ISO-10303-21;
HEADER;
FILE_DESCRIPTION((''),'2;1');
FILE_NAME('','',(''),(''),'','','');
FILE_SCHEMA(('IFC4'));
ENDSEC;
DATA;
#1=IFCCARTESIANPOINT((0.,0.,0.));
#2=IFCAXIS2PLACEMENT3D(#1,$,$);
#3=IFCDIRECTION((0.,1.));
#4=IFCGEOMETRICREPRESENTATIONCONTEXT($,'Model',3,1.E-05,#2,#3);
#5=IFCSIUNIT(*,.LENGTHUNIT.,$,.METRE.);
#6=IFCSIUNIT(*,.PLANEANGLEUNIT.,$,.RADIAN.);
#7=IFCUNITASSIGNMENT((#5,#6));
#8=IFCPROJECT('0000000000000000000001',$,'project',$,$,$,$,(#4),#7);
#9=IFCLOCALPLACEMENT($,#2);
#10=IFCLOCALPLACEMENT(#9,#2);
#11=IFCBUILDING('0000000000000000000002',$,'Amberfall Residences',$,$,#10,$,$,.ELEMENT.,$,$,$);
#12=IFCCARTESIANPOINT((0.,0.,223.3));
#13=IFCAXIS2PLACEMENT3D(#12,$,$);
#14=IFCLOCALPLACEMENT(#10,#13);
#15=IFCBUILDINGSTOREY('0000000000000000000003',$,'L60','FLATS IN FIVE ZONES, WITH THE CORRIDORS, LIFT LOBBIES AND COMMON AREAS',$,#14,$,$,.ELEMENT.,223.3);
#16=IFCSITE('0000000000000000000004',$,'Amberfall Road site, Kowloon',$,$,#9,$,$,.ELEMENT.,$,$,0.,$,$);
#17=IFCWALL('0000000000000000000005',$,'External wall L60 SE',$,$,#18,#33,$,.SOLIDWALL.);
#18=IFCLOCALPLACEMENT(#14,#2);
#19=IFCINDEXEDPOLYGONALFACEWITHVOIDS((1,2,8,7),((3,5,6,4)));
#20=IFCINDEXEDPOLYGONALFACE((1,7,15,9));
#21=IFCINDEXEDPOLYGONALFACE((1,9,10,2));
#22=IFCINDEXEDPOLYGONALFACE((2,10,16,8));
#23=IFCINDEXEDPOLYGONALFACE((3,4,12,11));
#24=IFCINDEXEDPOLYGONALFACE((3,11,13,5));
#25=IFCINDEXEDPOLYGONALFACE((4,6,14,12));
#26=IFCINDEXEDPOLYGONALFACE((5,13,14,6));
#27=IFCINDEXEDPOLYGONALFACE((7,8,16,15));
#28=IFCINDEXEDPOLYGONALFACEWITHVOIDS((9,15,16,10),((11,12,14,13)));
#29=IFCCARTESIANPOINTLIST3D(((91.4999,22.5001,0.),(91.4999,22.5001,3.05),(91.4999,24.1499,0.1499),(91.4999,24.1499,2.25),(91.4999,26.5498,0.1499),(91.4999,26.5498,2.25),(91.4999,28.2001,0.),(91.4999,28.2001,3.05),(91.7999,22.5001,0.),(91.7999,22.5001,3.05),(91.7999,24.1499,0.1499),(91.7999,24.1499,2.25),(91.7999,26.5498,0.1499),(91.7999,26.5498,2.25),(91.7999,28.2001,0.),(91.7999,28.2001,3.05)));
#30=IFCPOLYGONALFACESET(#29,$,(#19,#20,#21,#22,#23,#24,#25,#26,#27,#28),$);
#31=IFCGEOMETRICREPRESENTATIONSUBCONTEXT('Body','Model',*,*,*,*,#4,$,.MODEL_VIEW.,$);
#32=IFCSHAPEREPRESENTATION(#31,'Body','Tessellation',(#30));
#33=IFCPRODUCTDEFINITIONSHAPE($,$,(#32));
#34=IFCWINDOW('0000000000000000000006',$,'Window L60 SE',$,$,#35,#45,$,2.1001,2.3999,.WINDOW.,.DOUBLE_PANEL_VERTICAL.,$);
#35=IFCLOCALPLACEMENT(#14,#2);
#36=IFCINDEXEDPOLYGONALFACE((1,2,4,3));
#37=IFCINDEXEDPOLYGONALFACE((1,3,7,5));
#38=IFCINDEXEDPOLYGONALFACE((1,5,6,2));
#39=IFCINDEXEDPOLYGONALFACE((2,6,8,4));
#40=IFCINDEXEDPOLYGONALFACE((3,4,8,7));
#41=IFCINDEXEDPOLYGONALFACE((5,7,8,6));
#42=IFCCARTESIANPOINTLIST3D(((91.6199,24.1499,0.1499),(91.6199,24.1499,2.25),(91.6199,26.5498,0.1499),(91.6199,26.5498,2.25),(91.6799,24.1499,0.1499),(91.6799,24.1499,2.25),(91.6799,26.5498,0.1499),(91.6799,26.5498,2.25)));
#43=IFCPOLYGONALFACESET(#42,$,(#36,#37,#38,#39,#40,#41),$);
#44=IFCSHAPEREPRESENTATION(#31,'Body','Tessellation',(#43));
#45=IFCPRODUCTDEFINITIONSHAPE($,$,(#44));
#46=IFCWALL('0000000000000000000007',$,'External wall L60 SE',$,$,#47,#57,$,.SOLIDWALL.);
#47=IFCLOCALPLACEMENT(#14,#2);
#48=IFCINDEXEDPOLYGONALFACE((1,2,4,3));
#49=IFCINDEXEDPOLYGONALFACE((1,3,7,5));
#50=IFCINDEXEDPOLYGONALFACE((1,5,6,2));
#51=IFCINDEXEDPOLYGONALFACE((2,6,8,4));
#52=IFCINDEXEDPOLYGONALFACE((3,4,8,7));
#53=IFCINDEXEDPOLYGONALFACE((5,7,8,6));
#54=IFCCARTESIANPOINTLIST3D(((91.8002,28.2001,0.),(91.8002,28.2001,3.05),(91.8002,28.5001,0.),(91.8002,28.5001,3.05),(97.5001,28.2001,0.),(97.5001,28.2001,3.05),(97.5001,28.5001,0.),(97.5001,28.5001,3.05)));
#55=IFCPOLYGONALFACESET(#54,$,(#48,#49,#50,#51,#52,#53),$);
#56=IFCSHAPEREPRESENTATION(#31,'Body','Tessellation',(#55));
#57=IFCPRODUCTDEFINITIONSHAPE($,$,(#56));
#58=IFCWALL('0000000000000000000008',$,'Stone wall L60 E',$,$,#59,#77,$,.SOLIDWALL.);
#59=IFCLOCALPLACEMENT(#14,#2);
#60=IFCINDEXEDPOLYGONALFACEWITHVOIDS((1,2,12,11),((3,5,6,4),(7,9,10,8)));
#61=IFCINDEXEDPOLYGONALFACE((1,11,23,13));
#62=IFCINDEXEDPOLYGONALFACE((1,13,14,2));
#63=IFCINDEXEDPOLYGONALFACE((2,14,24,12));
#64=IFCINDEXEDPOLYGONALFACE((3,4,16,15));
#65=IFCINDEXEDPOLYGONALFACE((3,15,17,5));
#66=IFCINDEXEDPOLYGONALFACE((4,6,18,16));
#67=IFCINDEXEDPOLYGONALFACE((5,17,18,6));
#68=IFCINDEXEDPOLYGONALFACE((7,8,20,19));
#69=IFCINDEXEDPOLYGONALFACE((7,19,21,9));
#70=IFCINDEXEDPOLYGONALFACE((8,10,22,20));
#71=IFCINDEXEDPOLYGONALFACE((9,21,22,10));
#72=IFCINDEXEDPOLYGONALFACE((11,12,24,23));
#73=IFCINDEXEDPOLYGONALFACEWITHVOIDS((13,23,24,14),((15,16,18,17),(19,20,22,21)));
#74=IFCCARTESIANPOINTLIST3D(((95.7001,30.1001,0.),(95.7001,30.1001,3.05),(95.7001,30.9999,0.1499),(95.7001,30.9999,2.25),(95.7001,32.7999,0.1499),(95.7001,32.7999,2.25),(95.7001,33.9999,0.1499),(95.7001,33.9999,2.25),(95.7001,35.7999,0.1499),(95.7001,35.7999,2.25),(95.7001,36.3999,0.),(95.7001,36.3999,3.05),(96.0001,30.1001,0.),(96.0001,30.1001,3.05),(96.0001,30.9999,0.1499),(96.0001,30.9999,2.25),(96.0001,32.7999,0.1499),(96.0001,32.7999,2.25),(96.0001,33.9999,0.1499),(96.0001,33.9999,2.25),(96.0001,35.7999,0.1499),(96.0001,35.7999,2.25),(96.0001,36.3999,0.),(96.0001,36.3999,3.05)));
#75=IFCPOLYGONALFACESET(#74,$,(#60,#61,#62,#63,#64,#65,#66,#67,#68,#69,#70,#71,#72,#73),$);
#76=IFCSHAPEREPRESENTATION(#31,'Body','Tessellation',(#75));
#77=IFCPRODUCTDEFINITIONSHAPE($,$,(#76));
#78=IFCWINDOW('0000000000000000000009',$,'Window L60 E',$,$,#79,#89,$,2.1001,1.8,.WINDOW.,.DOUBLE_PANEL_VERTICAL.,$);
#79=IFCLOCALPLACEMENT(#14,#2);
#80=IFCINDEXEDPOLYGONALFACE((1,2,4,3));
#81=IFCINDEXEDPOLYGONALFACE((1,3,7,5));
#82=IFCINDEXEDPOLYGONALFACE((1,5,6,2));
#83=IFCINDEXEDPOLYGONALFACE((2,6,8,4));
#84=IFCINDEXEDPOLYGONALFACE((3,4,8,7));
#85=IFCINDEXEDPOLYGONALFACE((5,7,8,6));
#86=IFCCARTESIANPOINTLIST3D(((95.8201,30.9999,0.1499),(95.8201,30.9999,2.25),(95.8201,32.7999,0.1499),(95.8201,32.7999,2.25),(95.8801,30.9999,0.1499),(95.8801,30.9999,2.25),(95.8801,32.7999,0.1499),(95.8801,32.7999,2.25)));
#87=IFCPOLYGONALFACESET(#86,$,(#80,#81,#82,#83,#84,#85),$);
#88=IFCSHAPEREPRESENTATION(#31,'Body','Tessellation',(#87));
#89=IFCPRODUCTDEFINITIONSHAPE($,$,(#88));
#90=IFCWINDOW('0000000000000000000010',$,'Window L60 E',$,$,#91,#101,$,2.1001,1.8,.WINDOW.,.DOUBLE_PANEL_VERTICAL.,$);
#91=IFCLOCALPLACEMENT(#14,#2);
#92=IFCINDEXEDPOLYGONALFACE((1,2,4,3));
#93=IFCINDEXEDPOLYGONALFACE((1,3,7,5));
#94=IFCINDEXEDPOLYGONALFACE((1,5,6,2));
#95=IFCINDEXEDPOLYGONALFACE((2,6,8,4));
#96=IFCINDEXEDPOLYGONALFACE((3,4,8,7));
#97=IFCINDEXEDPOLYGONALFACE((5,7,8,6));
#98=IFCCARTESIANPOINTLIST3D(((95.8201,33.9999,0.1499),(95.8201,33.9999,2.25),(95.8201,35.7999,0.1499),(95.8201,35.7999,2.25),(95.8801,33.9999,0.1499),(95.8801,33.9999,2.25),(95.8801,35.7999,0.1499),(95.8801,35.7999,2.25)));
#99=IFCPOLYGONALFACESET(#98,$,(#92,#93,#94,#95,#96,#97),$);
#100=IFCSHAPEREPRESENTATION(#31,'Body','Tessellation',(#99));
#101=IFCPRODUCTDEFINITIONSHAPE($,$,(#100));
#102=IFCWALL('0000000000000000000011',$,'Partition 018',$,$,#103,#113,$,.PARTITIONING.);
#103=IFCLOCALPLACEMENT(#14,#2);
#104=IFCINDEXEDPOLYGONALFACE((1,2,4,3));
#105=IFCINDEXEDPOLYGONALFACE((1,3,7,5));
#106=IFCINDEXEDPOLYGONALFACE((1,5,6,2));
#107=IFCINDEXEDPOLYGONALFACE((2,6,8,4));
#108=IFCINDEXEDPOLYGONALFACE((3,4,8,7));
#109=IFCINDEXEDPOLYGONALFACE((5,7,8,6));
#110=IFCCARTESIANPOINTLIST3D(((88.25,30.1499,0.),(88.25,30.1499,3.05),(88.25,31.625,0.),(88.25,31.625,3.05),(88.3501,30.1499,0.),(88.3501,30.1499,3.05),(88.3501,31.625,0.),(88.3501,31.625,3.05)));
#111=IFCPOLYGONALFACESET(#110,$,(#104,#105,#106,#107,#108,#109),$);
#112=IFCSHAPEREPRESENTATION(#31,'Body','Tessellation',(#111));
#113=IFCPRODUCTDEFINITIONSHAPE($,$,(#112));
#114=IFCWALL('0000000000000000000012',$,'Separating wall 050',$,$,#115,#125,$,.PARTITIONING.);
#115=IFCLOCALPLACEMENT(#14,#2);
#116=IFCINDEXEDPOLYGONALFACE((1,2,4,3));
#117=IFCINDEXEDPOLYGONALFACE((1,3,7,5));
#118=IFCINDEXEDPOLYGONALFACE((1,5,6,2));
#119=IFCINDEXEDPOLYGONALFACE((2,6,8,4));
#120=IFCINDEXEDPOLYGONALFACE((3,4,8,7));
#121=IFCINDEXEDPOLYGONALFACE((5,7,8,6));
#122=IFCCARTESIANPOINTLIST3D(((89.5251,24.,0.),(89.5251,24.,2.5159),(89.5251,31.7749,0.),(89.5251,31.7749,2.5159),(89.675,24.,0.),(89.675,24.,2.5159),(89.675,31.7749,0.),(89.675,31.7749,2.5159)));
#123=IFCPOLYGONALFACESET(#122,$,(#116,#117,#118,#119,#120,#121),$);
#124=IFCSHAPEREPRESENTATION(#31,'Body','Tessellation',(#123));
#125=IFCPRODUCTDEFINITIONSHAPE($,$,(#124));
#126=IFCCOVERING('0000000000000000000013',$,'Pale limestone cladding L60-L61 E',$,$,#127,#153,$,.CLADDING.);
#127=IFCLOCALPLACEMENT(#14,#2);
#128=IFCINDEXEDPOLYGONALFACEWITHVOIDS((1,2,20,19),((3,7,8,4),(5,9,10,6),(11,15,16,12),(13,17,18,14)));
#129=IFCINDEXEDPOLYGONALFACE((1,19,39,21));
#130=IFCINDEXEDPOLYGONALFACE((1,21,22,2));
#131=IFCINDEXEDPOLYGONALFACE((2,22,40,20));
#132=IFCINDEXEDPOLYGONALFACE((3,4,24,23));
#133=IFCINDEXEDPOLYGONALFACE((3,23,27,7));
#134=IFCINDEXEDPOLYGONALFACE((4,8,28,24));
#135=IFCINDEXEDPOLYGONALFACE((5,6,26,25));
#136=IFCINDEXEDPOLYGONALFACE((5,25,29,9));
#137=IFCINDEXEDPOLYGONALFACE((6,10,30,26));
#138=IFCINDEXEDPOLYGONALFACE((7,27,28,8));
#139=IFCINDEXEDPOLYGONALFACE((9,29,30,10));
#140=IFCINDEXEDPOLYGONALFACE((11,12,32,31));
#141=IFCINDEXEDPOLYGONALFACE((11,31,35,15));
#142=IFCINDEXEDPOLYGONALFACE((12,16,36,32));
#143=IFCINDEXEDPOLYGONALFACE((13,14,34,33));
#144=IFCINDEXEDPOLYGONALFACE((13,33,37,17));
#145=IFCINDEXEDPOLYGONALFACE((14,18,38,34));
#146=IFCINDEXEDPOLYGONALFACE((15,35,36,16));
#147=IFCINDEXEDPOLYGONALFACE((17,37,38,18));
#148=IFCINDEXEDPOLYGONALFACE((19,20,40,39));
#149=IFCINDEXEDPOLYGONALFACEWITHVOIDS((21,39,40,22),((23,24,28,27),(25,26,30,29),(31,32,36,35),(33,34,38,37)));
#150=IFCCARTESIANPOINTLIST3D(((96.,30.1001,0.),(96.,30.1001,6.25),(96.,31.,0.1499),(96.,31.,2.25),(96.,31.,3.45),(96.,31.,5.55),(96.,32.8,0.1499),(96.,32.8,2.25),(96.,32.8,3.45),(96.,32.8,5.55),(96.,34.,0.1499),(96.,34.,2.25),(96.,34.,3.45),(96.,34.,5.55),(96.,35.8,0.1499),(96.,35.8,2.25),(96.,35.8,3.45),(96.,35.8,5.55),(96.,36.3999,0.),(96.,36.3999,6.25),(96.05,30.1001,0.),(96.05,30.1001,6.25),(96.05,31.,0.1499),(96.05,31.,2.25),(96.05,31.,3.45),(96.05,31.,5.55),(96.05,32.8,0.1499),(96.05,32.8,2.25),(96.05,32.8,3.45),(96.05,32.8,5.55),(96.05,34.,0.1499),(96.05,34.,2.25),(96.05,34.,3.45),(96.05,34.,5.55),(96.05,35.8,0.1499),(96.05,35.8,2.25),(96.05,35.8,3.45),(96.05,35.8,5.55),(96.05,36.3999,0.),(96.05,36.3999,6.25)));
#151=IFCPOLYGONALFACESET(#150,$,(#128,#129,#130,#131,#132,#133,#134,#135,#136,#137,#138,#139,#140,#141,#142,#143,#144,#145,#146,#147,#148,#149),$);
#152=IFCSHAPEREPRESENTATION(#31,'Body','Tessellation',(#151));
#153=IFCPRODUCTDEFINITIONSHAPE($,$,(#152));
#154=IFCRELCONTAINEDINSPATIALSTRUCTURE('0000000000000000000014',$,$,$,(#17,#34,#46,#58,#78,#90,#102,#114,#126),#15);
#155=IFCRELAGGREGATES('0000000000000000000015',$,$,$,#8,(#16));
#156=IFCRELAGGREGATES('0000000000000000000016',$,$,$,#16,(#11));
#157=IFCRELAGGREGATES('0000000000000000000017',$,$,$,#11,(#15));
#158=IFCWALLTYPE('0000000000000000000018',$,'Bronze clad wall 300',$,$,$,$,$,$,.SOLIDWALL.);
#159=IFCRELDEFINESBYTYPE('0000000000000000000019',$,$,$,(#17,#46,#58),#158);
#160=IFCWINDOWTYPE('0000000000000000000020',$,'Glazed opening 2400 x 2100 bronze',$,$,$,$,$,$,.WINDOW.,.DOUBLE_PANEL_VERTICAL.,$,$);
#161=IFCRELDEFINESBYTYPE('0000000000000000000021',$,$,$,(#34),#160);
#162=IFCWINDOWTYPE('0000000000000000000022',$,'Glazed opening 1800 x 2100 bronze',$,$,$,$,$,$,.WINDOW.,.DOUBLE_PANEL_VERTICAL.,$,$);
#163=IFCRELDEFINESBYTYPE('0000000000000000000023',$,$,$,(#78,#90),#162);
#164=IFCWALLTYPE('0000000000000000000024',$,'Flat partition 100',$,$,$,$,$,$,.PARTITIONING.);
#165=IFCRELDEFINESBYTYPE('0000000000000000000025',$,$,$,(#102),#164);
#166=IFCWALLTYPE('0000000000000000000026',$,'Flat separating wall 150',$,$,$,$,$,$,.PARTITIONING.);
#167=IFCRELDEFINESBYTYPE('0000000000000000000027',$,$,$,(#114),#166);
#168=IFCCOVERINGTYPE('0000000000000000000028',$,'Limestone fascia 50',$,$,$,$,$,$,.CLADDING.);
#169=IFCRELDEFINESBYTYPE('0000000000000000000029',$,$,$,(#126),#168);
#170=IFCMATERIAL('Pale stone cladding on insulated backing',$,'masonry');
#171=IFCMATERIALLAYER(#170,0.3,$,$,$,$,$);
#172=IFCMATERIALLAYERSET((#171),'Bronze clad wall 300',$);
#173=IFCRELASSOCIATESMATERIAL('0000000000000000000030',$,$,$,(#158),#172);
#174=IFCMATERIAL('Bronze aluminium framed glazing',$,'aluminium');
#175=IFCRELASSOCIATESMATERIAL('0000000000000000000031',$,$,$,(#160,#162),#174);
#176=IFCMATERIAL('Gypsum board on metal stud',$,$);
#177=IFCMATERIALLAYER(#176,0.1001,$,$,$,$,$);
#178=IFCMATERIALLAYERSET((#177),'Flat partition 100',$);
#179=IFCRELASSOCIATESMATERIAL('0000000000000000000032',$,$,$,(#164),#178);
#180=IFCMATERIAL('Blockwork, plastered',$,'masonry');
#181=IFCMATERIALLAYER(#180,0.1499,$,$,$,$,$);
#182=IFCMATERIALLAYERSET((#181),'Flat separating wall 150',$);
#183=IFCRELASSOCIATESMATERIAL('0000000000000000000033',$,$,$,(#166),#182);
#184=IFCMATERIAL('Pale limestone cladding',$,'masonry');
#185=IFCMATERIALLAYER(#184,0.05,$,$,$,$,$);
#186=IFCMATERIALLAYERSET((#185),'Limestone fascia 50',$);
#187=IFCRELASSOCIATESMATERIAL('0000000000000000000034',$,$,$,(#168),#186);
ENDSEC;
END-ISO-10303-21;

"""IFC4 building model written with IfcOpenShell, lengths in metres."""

from ifc_helpers import new_model, si_unit, direction, frame, frame_2d, origin, place, context, subcontext, project, spatial, polyline, rectangle, outline, extrude, material, layer, layer_set, type_object, element, fill, save


model = new_model("IFC4")

# Units and contexts
model_context = context("Model", 3, precision=1e-05, world=origin(), true_north=direction((0.0, 1.0)))
body_context = subcontext(model_context, "Body", "Model", "MODEL_VIEW")
ifc_project = project(units=[si_unit("LENGTHUNIT", "METRE"), si_unit("PLANEANGLEUNIT", "RADIAN")], contexts=[model_context])

# Site, building, storey
site_placement = place(None, origin())
site = spatial("IfcSite", under=ifc_project, at=site_placement, Name="Amberfall Road site, Kowloon", CompositionType="ELEMENT", RefElevation=0.0)
building_placement = place(site_placement, origin())
building = spatial("IfcBuilding", under=site, at=building_placement, Name="Amberfall Residences", CompositionType="ELEMENT")
storey_placement = place(building_placement, frame((0.0, 0.0, 223.3)))
storey = spatial("IfcBuildingStorey", under=building, at=storey_placement, Name="L60", Description="FLATS IN FIVE ZONES, WITH THE CORRIDORS, LIFT LOBBIES AND COMMON AREAS", CompositionType="ELEMENT", Elevation=223.3)

# Shared definitions
ifc_material_1 = material(Name="Pale stone cladding on insulated backing", Category="masonry")
ifc_layer_1 = layer(ifc_material_1, 0.3)
ifc_layer_set_1 = layer_set([ifc_layer_1], Name="Bronze clad wall 300")
wall_type_1 = type_object("IfcWallType", Name="Bronze clad wall 300", PredefinedType="SOLIDWALL", material=ifc_layer_set_1)

# Wall, opening, window
wall_1_placement = place(storey_placement, frame((91.6499, 22.5, 0.0), z_axis=(0.0, 0.0, 1.0), x_axis=(0.0, 1.0, 0.0)))
wall_1 = element("IfcWall", 1, at=wall_1_placement, inside=storey, type_object=wall_type_1, Name="External wall L60 SE", PredefinedType="SOLIDWALL", context=body_context, shape_type="SweptSolid", body=[
    extrude(rectangle(XDim=5.7, YDim=0.3, at=frame_2d((2.8501, 0.0))), origin(), (0.0, 0.0, 1.0), 3.05),
])
opening_1_placement = place(wall_1_placement, frame((1.6499, 0.0, 0.1499)))
opening_1 = element("IfcOpeningElement", 2, at=opening_1_placement, cuts=wall_1, PredefinedType="OPENING", context=body_context, shape_type="SweptSolid", body=[
    extrude(rectangle(XDim=2.3999, YDim=2.1001, at=frame_2d((1.2, 1.05))), frame((0.0, 0.1599, 0.0), z_axis=(0.0, -1.0, 0.0), x_axis=(1.0, 0.0, 0.0)), (0.0, 0.0, 1.0), 0.3201),
])
ifc_material_2 = material(Name="Bronze aluminium framed glazing", Category="aluminium")
window_type_1 = type_object("IfcWindowType", Name="Glazed opening 2400 x 2100 bronze", PartitioningType="DOUBLE_PANEL_VERTICAL", PredefinedType="WINDOW", material=ifc_material_2)
window_1_placement = place(opening_1_placement, origin())
window_1 = element("IfcWindow", 3, at=window_1_placement, inside=storey, type_object=window_type_1, Name="Window L60 SE", OverallHeight=2.1001, OverallWidth=2.3999, PartitioningType="DOUBLE_PANEL_VERTICAL", PredefinedType="WINDOW", context=body_context, shape_type="SweptSolid", body=[
    extrude(rectangle(XDim=2.3999, YDim=2.1001, at=frame_2d((1.2, 1.05))), frame((0.0, 0.03, 0.0), z_axis=(0.0, -1.0, 0.0), x_axis=(1.0, 0.0, 0.0)), (0.0, 0.0, 1.0), 0.0601),
])
fill(opening_1, window_1)

# Wall
wall_2_placement = place(storey_placement, frame((91.8, 28.3501, 0.0), z_axis=(0.0, 0.0, 1.0), x_axis=(1.0, 0.0, 0.0)))
element("IfcWall", 4, at=wall_2_placement, inside=storey, type_object=wall_type_1, Name="External wall L60 SE", PredefinedType="SOLIDWALL", context=body_context, shape_type="SweptSolid", body=[
    extrude(rectangle(XDim=5.7, YDim=0.3, at=frame_2d((2.8501, 0.0))), origin(), (0.0, 0.0, 1.0), 3.05),
])

# Wall, openings, windows
wall_3_placement = place(storey_placement, frame((95.8501, 30.1001, 0.0), z_axis=(0.0, 0.0, 1.0), x_axis=(0.0, 1.0, 0.0)))
wall_3 = element("IfcWall", 5, at=wall_3_placement, inside=storey, type_object=wall_type_1, Name="Stone wall L60 E", PredefinedType="SOLIDWALL", context=body_context, shape_type="SweptSolid", body=[
    extrude(rectangle(XDim=6.2998, YDim=0.3, at=frame_2d((3.1499, 0.0))), origin(), (0.0, 0.0, 1.0), 3.05),
])
opening_2_placement = place(wall_3_placement, frame((0.8999, 0.0, 0.1499)))
opening_2 = element("IfcOpeningElement", 6, at=opening_2_placement, cuts=wall_3, PredefinedType="OPENING", context=body_context, shape_type="SweptSolid", body=[
    extrude(rectangle(XDim=1.8, YDim=2.1001, at=frame_2d((0.8999, 1.05))), frame((0.0, 0.1599, 0.0), z_axis=(0.0, -1.0, 0.0), x_axis=(1.0, 0.0, 0.0)), (0.0, 0.0, 1.0), 0.3201),
])
opening_3_placement = place(wall_3_placement, frame((3.8999, 0.0, 0.1499)))
opening_3 = element("IfcOpeningElement", 7, at=opening_3_placement, cuts=wall_3, PredefinedType="OPENING", context=body_context, shape_type="SweptSolid", body=[
    extrude(rectangle(XDim=1.8, YDim=2.1001, at=frame_2d((0.8999, 1.05))), frame((0.0, 0.1599, 0.0), z_axis=(0.0, -1.0, 0.0), x_axis=(1.0, 0.0, 0.0)), (0.0, 0.0, 1.0), 0.3201),
])
window_type_2 = type_object("IfcWindowType", Name="Glazed opening 1800 x 2100 bronze", PartitioningType="DOUBLE_PANEL_VERTICAL", PredefinedType="WINDOW", material=ifc_material_2)
window_2_placement = place(opening_2_placement, origin())
window_2 = element("IfcWindow", 8, at=window_2_placement, inside=storey, type_object=window_type_2, Name="Window L60 E", OverallHeight=2.1001, OverallWidth=1.8, PartitioningType="DOUBLE_PANEL_VERTICAL", PredefinedType="WINDOW", context=body_context, shape_type="SweptSolid", body=[
    extrude(rectangle(XDim=1.8, YDim=2.1001, at=frame_2d((0.8999, 1.05))), frame((0.0, 0.03, 0.0), z_axis=(0.0, -1.0, 0.0), x_axis=(1.0, 0.0, 0.0)), (0.0, 0.0, 1.0), 0.0601),
])
fill(opening_2, window_2)
window_3_placement = place(opening_3_placement, origin())
window_3 = element("IfcWindow", 9, at=window_3_placement, inside=storey, type_object=window_type_2, Name="Window L60 E", OverallHeight=2.1001, OverallWidth=1.8, PartitioningType="DOUBLE_PANEL_VERTICAL", PredefinedType="WINDOW", context=body_context, shape_type="SweptSolid", body=[
    extrude(rectangle(XDim=1.8, YDim=2.1001, at=frame_2d((0.8999, 1.05))), frame((0.0, 0.03, 0.0), z_axis=(0.0, -1.0, 0.0), x_axis=(1.0, 0.0, 0.0)), (0.0, 0.0, 1.0), 0.0601),
])
fill(opening_3, window_3)

# Walls
ifc_material_3 = material(Name="Gypsum board on metal stud")
ifc_layer_2 = layer(ifc_material_3, 0.1001)
ifc_layer_set_2 = layer_set([ifc_layer_2], Name="Flat partition 100")
wall_type_2 = type_object("IfcWallType", Name="Flat partition 100", PredefinedType="PARTITIONING", material=ifc_layer_set_2)
wall_4_placement = place(storey_placement, frame((88.3, 30.1499, 0.0), z_axis=(0.0, 0.0, 1.0), x_axis=(0.0, 1.0, 0.0)))
element("IfcWall", 10, at=wall_4_placement, inside=storey, type_object=wall_type_2, Name="Partition 018", PredefinedType="PARTITIONING", context=body_context, shape_type="SweptSolid", body=[
    extrude(rectangle(XDim=1.4751, YDim=0.1001, at=frame_2d((0.7375, 0.0))), origin(), (0.0, 0.0, 1.0), 3.05),
])
ifc_material_4 = material(Name="Blockwork, plastered", Category="masonry")
ifc_layer_3 = layer(ifc_material_4, 0.1499)
ifc_layer_set_3 = layer_set([ifc_layer_3], Name="Flat separating wall 150")
wall_type_3 = type_object("IfcWallType", Name="Flat separating wall 150", PredefinedType="PARTITIONING", material=ifc_layer_set_3)
wall_5_placement = place(storey_placement, frame((89.6001, 24.0, 0.0), z_axis=(0.0, 0.0, 1.0), x_axis=(0.0, 1.0, 0.0)))
element("IfcWall", 11, at=wall_5_placement, inside=storey, type_object=wall_type_3, Name="Separating wall 050", PredefinedType="PARTITIONING", context=body_context, shape_type="SweptSolid", body=[
    extrude(rectangle(XDim=7.7749, YDim=0.1499, at=frame_2d((3.8875, 0.0))), origin(), (0.0, 0.0, 1.0), 2.5159),
])

# Covering
ifc_material_5 = material(Name="Pale limestone cladding", Category="masonry")
ifc_layer_4 = layer(ifc_material_5, 0.05)
ifc_layer_set_4 = layer_set([ifc_layer_4], Name="Limestone fascia 50")
covering_type = type_object("IfcCoveringType", Name="Limestone fascia 50", PredefinedType="CLADDING", material=ifc_layer_set_4)
covering_placement = place(storey_placement, frame((96.0, 30.1001, 6.25), z_axis=(-1.0, 0.0, 0.0), x_axis=(0.0, 1.0, 0.0)))
element("IfcCovering", 12, at=covering_placement, inside=storey, type_object=covering_type, Name="Pale limestone cladding L60-L61 E", PredefinedType="CLADDING", context=body_context, shape_type="SweptSolid", body=[
    extrude(outline(polyline([(0.0, 0.0), (6.2998, 0.0), (6.2998, 6.25), (0.0, 6.25), (0.0, 0.0)]), holes=[polyline([(0.8999, 4.0), (2.7, 4.0), (2.7, 6.1001), (0.8999, 6.1001), (0.8999, 4.0)]), polyline([(3.8999, 4.0), (5.7, 4.0), (5.7, 6.1001), (3.8999, 6.1001), (3.8999, 4.0)]), polyline([(0.8999, 0.7), (2.7, 0.7), (2.7, 2.8), (0.8999, 2.8), (0.8999, 0.7)]), polyline([(3.8999, 0.7), (5.7, 0.7), (5.7, 2.8), (3.8999, 2.8), (3.8999, 0.7)])]), origin(), (0.0, 0.0, -1.0), 0.05),
])

save(model, "model.ifc")
